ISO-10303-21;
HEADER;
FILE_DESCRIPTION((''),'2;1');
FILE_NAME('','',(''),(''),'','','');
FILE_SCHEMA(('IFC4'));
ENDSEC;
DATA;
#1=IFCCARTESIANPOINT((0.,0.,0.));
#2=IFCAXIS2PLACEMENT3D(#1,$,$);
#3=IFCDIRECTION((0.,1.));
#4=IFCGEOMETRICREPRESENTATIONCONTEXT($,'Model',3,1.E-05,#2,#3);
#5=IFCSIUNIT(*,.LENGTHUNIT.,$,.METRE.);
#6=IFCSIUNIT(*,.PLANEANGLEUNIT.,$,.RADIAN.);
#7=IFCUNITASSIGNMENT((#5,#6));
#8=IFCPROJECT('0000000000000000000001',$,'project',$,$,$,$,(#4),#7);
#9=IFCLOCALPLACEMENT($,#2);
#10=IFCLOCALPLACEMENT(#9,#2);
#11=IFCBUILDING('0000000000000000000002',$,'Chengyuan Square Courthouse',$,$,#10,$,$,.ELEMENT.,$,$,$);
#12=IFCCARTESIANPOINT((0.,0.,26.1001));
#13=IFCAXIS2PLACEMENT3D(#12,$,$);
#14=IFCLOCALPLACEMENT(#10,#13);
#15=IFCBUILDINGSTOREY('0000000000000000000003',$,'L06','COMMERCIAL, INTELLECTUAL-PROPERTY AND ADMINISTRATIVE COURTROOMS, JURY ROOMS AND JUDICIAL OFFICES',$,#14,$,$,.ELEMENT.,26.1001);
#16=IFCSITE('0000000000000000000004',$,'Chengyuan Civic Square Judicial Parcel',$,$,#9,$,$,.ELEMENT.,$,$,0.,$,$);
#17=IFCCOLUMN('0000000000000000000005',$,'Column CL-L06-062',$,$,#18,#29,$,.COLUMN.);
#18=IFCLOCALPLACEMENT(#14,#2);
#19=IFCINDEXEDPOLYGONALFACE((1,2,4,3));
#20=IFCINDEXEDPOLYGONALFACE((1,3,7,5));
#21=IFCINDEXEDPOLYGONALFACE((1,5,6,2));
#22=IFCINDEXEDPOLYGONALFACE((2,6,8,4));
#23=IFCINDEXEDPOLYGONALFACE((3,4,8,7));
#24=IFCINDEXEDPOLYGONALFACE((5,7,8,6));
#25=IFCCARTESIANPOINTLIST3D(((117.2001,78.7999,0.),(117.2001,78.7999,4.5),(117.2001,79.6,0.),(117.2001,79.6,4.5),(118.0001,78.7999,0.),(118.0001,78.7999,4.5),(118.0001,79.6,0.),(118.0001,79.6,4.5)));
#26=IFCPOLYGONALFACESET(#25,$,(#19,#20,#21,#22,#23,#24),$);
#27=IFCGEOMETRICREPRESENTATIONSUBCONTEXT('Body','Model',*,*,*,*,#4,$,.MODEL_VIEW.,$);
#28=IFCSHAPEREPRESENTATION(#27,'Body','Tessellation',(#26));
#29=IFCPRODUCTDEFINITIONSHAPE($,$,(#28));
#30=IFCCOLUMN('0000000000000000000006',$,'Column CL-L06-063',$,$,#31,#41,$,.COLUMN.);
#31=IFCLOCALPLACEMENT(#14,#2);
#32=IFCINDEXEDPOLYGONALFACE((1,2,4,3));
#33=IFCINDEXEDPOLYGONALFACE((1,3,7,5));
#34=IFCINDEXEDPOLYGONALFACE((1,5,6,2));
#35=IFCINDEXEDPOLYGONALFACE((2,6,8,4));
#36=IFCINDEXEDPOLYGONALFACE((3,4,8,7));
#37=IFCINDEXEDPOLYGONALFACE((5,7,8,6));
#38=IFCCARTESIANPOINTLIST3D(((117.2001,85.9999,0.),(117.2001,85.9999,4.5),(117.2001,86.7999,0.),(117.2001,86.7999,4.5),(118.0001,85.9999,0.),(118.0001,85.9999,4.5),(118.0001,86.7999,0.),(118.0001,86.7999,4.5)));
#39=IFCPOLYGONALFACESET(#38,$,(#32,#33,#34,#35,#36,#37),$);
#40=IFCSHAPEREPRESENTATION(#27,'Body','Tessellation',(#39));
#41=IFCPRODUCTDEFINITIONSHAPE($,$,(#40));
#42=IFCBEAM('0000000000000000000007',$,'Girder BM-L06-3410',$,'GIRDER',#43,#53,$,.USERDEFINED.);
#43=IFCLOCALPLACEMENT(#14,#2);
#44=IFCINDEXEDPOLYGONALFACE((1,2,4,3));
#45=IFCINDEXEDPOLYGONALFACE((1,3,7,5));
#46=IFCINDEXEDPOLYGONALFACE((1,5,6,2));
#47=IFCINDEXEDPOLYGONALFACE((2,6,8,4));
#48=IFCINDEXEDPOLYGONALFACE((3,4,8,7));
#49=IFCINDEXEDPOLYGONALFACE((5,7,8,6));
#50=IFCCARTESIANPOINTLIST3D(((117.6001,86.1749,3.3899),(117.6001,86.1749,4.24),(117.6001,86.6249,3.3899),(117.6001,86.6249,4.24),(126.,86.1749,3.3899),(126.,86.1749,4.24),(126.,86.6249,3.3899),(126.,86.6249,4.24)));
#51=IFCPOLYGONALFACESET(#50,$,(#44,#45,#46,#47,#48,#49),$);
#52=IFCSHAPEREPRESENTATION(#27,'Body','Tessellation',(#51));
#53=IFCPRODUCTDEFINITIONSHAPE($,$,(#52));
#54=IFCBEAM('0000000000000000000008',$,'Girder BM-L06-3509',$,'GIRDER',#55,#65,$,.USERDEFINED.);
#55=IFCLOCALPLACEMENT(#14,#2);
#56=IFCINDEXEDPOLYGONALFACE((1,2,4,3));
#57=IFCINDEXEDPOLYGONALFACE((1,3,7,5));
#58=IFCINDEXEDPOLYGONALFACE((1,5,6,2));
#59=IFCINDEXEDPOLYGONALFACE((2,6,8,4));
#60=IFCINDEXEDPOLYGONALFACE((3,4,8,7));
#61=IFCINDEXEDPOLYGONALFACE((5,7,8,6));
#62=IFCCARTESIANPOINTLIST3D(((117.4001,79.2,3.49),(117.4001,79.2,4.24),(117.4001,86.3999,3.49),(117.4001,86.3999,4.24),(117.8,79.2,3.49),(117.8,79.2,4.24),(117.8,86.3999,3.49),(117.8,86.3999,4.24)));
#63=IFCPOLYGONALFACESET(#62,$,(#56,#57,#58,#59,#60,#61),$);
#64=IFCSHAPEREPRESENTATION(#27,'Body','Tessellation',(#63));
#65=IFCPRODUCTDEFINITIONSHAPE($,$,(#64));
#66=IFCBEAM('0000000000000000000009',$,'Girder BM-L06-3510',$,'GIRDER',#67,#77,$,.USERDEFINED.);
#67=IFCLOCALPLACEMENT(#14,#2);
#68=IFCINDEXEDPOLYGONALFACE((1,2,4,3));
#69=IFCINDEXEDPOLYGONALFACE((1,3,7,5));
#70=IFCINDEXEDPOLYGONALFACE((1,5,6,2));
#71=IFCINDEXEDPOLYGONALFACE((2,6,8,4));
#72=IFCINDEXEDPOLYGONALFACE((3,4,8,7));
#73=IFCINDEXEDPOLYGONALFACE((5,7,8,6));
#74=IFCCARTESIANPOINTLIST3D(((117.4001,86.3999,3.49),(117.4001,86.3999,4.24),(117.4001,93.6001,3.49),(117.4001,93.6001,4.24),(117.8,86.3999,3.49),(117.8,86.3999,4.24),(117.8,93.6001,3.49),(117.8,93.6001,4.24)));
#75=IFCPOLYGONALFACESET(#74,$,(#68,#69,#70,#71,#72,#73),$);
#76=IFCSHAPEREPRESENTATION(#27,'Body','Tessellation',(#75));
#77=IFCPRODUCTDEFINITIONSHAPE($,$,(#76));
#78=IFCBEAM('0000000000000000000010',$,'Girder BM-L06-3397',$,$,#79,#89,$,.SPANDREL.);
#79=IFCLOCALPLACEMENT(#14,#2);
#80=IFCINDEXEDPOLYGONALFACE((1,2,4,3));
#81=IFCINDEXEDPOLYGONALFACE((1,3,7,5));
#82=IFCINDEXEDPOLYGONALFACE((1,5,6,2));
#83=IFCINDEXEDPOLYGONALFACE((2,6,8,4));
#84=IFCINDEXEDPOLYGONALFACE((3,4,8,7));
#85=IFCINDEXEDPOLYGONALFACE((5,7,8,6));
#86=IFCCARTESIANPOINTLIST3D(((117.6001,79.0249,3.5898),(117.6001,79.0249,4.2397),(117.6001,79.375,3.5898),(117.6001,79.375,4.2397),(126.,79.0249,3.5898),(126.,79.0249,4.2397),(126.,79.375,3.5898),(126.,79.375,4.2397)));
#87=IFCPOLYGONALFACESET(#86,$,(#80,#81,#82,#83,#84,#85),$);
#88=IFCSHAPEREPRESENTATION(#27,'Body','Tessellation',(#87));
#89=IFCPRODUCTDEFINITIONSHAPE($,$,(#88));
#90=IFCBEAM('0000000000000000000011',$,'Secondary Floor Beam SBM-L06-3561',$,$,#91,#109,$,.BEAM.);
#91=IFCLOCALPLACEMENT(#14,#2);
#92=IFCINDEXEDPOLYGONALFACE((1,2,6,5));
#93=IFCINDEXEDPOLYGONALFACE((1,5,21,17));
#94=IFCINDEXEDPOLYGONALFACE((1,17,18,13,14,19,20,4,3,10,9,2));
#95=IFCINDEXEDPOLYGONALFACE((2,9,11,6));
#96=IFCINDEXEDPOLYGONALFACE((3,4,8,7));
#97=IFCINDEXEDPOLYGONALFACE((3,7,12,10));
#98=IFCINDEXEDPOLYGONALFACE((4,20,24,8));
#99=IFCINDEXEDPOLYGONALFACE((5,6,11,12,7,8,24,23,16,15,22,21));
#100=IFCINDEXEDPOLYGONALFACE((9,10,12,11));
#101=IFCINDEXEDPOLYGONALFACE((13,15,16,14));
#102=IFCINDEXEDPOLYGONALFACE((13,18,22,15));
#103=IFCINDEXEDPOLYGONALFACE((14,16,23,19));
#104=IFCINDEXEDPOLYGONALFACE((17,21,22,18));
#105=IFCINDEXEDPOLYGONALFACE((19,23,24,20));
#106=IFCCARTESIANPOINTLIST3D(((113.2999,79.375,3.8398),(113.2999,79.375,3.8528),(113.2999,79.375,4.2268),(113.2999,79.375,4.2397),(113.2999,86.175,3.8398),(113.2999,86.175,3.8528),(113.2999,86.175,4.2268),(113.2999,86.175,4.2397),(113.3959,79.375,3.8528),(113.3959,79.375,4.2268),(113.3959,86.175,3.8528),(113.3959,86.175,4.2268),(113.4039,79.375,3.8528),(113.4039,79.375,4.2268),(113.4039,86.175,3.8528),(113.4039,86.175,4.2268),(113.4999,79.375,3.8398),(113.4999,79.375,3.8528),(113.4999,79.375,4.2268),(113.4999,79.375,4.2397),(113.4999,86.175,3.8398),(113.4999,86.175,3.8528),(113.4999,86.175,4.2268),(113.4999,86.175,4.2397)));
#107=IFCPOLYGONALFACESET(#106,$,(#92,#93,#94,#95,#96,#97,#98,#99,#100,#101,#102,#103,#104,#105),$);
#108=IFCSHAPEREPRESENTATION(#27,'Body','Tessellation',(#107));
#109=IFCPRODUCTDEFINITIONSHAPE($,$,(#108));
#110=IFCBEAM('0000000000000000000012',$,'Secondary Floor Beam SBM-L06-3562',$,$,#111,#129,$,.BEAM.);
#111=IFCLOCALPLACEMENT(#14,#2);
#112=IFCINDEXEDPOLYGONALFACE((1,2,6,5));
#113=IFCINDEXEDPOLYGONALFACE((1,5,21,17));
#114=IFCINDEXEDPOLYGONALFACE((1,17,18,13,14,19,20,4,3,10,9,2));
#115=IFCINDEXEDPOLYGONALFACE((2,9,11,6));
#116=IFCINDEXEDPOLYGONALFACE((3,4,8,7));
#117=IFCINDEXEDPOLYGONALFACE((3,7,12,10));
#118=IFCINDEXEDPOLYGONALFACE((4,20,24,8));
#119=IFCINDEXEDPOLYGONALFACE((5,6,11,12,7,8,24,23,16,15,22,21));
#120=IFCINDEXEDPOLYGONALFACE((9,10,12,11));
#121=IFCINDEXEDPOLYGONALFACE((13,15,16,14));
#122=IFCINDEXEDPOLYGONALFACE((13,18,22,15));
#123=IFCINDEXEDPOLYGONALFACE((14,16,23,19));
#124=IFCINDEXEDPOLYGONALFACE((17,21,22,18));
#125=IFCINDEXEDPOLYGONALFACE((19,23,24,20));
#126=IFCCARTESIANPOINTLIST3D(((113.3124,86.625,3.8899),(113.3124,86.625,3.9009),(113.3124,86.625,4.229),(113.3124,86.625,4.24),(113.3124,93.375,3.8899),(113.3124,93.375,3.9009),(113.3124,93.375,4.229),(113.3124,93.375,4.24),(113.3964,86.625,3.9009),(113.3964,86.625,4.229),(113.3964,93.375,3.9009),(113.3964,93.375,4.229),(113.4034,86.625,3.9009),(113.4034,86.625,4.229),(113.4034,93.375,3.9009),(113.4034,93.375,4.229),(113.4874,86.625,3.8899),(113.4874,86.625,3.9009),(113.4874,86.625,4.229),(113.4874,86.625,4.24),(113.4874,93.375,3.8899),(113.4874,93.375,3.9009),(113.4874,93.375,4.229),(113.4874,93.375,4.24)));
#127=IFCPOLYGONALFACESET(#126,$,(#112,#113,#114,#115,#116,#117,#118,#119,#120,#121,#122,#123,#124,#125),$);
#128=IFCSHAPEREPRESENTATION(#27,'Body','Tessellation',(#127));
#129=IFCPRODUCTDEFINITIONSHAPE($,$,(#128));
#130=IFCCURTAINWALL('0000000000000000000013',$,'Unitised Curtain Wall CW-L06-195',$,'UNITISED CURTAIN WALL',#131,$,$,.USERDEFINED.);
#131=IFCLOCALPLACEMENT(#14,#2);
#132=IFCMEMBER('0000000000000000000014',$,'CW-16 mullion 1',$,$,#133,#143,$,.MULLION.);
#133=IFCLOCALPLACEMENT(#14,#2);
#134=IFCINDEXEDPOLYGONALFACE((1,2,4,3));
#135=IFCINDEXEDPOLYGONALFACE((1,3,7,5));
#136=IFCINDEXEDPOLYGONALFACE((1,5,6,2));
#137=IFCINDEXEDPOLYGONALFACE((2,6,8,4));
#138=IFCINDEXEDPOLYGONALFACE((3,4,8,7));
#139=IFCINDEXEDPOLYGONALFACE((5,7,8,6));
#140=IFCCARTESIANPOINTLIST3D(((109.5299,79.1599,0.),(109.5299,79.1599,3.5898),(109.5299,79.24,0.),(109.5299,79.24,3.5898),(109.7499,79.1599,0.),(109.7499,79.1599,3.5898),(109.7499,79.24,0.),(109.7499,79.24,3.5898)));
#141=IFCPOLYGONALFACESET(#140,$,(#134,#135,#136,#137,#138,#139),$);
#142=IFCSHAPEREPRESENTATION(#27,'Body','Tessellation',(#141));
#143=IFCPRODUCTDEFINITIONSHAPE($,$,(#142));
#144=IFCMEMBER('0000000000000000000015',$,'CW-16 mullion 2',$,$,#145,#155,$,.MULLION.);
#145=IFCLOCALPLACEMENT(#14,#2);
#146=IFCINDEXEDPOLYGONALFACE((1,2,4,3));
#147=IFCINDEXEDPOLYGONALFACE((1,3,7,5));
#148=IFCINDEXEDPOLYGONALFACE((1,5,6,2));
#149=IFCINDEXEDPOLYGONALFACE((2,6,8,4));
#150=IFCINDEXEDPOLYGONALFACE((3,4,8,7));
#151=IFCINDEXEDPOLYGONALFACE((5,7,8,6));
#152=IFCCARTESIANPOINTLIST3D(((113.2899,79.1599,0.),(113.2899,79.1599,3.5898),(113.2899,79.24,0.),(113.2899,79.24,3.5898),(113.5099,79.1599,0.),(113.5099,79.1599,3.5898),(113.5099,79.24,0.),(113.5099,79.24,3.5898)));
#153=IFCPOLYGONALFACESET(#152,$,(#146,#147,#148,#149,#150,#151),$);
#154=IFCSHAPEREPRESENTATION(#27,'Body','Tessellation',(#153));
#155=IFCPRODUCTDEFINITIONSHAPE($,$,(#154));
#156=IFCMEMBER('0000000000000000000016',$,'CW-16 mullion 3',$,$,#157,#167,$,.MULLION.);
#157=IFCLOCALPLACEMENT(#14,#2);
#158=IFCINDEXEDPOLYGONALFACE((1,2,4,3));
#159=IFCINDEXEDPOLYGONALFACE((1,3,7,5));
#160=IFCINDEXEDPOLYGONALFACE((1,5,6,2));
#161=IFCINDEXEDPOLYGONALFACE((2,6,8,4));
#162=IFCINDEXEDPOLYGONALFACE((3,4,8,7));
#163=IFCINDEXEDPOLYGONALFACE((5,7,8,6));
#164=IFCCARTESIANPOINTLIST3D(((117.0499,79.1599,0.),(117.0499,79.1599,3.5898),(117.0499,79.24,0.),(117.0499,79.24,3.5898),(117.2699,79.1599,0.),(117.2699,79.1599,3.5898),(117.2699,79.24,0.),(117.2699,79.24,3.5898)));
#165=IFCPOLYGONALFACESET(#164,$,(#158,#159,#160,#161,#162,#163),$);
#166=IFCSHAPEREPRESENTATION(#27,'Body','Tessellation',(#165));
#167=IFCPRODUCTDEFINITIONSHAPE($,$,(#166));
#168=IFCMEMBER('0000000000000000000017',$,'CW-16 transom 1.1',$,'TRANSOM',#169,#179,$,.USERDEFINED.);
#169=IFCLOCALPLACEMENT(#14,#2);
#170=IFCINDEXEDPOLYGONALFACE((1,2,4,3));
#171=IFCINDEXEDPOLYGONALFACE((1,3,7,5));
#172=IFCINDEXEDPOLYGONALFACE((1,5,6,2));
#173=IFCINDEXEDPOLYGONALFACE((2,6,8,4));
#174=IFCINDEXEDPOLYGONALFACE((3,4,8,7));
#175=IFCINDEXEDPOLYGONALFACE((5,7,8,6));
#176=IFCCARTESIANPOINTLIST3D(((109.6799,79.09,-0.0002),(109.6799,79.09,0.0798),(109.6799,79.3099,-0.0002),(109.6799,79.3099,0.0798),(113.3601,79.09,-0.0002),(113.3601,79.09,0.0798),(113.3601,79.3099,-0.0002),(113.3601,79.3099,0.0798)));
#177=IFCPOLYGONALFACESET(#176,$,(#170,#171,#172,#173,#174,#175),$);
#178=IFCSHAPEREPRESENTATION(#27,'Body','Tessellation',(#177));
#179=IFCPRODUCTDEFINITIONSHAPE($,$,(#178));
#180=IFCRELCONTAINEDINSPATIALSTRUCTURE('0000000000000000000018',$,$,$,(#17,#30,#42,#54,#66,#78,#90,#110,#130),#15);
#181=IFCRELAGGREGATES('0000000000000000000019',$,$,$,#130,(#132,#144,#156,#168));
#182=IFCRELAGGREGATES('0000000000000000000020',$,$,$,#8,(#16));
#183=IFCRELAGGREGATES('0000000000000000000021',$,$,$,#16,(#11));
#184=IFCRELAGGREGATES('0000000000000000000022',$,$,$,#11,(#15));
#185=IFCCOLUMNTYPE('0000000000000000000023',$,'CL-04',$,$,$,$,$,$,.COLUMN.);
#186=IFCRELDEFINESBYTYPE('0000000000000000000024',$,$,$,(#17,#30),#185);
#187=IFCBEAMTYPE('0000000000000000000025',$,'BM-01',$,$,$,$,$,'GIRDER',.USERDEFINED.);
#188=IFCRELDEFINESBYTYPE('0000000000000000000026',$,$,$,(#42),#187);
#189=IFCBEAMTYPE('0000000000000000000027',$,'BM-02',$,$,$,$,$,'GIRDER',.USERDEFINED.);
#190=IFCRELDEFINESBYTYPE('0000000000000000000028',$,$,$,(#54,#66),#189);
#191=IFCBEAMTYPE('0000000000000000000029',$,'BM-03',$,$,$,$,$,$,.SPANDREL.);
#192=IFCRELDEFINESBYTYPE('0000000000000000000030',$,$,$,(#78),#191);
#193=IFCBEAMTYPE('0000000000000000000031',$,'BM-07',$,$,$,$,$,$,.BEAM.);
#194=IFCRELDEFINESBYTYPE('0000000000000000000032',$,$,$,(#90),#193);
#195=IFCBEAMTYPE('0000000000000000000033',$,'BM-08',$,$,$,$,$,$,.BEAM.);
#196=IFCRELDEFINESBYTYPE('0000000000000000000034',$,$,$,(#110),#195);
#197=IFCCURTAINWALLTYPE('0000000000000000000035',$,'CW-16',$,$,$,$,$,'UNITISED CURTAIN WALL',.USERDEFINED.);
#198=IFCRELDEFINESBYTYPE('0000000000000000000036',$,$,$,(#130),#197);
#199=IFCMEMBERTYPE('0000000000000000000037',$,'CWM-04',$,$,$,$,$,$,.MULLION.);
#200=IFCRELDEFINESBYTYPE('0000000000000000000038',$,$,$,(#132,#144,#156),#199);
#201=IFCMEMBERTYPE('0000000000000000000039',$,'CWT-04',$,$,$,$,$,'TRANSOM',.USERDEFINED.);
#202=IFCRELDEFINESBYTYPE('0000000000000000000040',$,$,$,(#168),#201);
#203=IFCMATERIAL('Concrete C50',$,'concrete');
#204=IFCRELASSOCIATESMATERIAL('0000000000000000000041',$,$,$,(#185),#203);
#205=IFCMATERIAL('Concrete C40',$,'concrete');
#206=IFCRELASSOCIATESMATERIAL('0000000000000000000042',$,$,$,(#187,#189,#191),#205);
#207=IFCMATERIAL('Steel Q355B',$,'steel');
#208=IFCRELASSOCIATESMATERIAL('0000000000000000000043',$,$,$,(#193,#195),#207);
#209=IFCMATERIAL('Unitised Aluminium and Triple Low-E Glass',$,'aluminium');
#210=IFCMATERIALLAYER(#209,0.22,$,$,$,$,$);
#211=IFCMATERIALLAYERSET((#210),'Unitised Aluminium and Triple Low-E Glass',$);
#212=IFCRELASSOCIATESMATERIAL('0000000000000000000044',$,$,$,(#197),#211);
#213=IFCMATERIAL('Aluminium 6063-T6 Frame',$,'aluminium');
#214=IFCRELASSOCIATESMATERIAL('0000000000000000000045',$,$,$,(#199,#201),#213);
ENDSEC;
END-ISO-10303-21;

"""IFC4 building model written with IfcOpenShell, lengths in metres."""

from ifc_helpers import new_model, si_unit, direction, frame, origin, origin_2d, place, context, subcontext, project, spatial, rectangle, i_section, extrude, material, layer, layer_set, material_profile, profile_set, type_object, element, aggregate, save


model = new_model("IFC4")

# Units and contexts
model_context = context("Model", 3, precision=1e-05, world=origin(), true_north=direction((0.0, 1.0)))
body_context = subcontext(model_context, "Body", "Model", "MODEL_VIEW")
ifc_project = project(units=[si_unit("LENGTHUNIT", "METRE"), si_unit("PLANEANGLEUNIT", "RADIAN")], contexts=[model_context])

# Site, building, storey
site_placement = place(None, origin())
site = spatial("IfcSite", under=ifc_project, at=site_placement, Name="Chengyuan Civic Square Judicial Parcel", CompositionType="ELEMENT", RefElevation=0.0)
building_placement = place(site_placement, origin())
building = spatial("IfcBuilding", under=site, at=building_placement, Name="Chengyuan Square Courthouse", CompositionType="ELEMENT")
storey_placement = place(building_placement, frame((0.0, 0.0, 26.1001)))
storey = spatial("IfcBuildingStorey", under=building, at=storey_placement, Name="L06", Description="COMMERCIAL, INTELLECTUAL-PROPERTY AND ADMINISTRATIVE COURTROOMS, JURY ROOMS AND JUDICIAL OFFICES", CompositionType="ELEMENT", Elevation=26.1001)

# Columns
ifc_material_1 = material(Name="Concrete C50", Category="concrete")
ifc_material_profile_1 = material_profile(ifc_material_1, rectangle(XDim=0.8, YDim=0.8, at=origin_2d()), Name="RC-COL-800x800")
ifc_profile_set_1 = profile_set([ifc_material_profile_1], Name="Concrete C50")
column_type = type_object("IfcColumnType", Name="CL-04", PredefinedType="COLUMN", material=ifc_profile_set_1)
for number, where, z_axis, x_axis, name in (
    (1, (117.6001, 79.2, 0.0), (0.0, 0.0, 1.0), (1.0, 0.0, 0.0), "Column CL-L06-062"),
    (2, (117.6001, 86.3999, 0.0), (0.0, 0.0, 1.0), (1.0, 0.0, 0.0), "Column CL-L06-063"),
):
    element("IfcColumn", number, at=place(storey_placement, frame(where, z_axis=z_axis, x_axis=x_axis)), inside=storey, type_object=column_type, Name=name, PredefinedType="COLUMN", context=body_context, shape_type="SweptSolid", body=[
        extrude(rectangle(XDim=0.8, YDim=0.8, at=origin_2d()), origin(), (0.0, 0.0, 1.0), 4.5),
    ])

# Beams
ifc_material_2 = material(Name="Concrete C40", Category="concrete")
ifc_material_profile_2 = material_profile(ifc_material_2, rectangle(XDim=0.45, YDim=0.8501, at=origin_2d()), Name="RC-BM-450x850")
ifc_profile_set_2 = profile_set([ifc_material_profile_2], Name="Concrete C40")
beam_type_1 = type_object("IfcBeamType", Name="BM-01", ElementType="GIRDER", PredefinedType="USERDEFINED", material=ifc_profile_set_2)
beam_1_placement = place(storey_placement, frame((117.6001, 86.3999, 3.8149), z_axis=(1.0, 0.0, 0.0), x_axis=(0.0, 1.0, 0.0)))
element("IfcBeam", 3, at=beam_1_placement, inside=storey, type_object=beam_type_1, Name="Girder BM-L06-3410", ObjectType="GIRDER", PredefinedType="USERDEFINED", context=body_context, shape_type="SweptSolid", body=[
    extrude(rectangle(XDim=0.45, YDim=0.8501, at=origin_2d()), origin(), (0.0, 0.0, 1.0), 8.3999),
])
ifc_material_profile_3 = material_profile(ifc_material_2, rectangle(XDim=0.3999, YDim=0.75, at=origin_2d()), Name="RC-BM-400x750")
ifc_profile_set_3 = profile_set([ifc_material_profile_3], Name="Concrete C40")
beam_type_2 = type_object("IfcBeamType", Name="BM-02", ElementType="GIRDER", PredefinedType="USERDEFINED", material=ifc_profile_set_3)
beam_2_placement = place(storey_placement, frame((117.6001, 79.2, 3.865), z_axis=(0.0, 1.0, 0.0), x_axis=(-1.0, 0.0, 0.0)))
element("IfcBeam", 4, at=beam_2_placement, inside=storey, type_object=beam_type_2, Name="Girder BM-L06-3509", ObjectType="GIRDER", PredefinedType="USERDEFINED", context=body_context, shape_type="SweptSolid", body=[
    extrude(rectangle(XDim=0.3999, YDim=0.75, at=origin_2d()), origin(), (0.0, 0.0, 1.0), 7.2),
])
beam_3_placement = place(storey_placement, frame((117.6001, 86.3999, 3.865), z_axis=(0.0, 1.0, 0.0), x_axis=(-1.0, 0.0, 0.0)))
element("IfcBeam", 5, at=beam_3_placement, inside=storey, type_object=beam_type_2, Name="Girder BM-L06-3510", ObjectType="GIRDER", PredefinedType="USERDEFINED", context=body_context, shape_type="SweptSolid", body=[
    extrude(rectangle(XDim=0.3999, YDim=0.75, at=origin_2d()), origin(), (0.0, 0.0, 1.0), 7.2002),
])
ifc_material_profile_4 = material_profile(ifc_material_2, rectangle(XDim=0.3501, YDim=0.6499, at=origin_2d()), Name="RC-BM-350x650")
ifc_profile_set_4 = profile_set([ifc_material_profile_4], Name="Concrete C40")
beam_type_3 = type_object("IfcBeamType", Name="BM-03", PredefinedType="SPANDREL", material=ifc_profile_set_4)
beam_4_placement = place(storey_placement, frame((117.6001, 79.2, 3.9148), z_axis=(1.0, 0.0, 0.0), x_axis=(0.0, 1.0, 0.0)))
element("IfcBeam", 6, at=beam_4_placement, inside=storey, type_object=beam_type_3, Name="Girder BM-L06-3397", PredefinedType="SPANDREL", context=body_context, shape_type="SweptSolid", body=[
    extrude(rectangle(XDim=0.3501, YDim=0.6499, at=origin_2d()), origin(), (0.0, 0.0, 1.0), 8.3999),
])
ifc_material_3 = material(Name="Steel Q355B", Category="steel")
ifc_material_profile_5 = material_profile(ifc_material_3, i_section(OverallWidth=0.2, OverallDepth=0.3999, WebThickness=0.0081, FlangeThickness=0.0129, at=origin_2d()), Name="HN 400x200x8x13")
ifc_profile_set_5 = profile_set([ifc_material_profile_5], Name="Steel Q355B")
beam_type_4 = type_object("IfcBeamType", Name="BM-07", PredefinedType="BEAM", material=ifc_profile_set_5)
beam_5_placement = place(storey_placement, frame((113.3999, 79.375, 4.0398), z_axis=(0.0, 1.0, 0.0), x_axis=(-1.0, 0.0, 0.0)))
element("IfcBeam", 7, at=beam_5_placement, inside=storey, type_object=beam_type_4, Name="Secondary Floor Beam SBM-L06-3561", PredefinedType="BEAM", context=body_context, shape_type="SweptSolid", body=[
    extrude(i_section(OverallWidth=0.2, OverallDepth=0.3999, WebThickness=0.0081, FlangeThickness=0.0129, at=origin_2d()), origin(), (0.0, 0.0, 1.0), 6.8),
])
ifc_material_profile_6 = material_profile(ifc_material_3, i_section(OverallWidth=0.175, OverallDepth=0.3501, WebThickness=0.0071, FlangeThickness=0.011, at=origin_2d()), Name="HN 350x175x7x11")
ifc_profile_set_6 = profile_set([ifc_material_profile_6], Name="Steel Q355B")
beam_type_5 = type_object("IfcBeamType", Name="BM-08", PredefinedType="BEAM", material=ifc_profile_set_6)
beam_6_placement = place(storey_placement, frame((113.3999, 86.625, 4.0649), z_axis=(0.0, 1.0, 0.0), x_axis=(-1.0, 0.0, 0.0)))
element("IfcBeam", 8, at=beam_6_placement, inside=storey, type_object=beam_type_5, Name="Secondary Floor Beam SBM-L06-3562", PredefinedType="BEAM", context=body_context, shape_type="SweptSolid", body=[
    extrude(i_section(OverallWidth=0.175, OverallDepth=0.3501, WebThickness=0.0071, FlangeThickness=0.011, at=origin_2d()), origin(), (0.0, 0.0, 1.0), 6.75),
])

# Curtain wall, members
ifc_material_4 = material(Name="Unitised Aluminium and Triple Low-E Glass", Category="aluminium")
ifc_layer_1 = layer(ifc_material_4, 0.22)
ifc_layer_set_1 = layer_set([ifc_layer_1], Name="Unitised Aluminium and Triple Low-E Glass")
curtain_wall_type = type_object("IfcCurtainWallType", Name="CW-16", ElementType="UNITISED CURTAIN WALL", PredefinedType="USERDEFINED", material=ifc_layer_set_1)
curtain_wall_placement = place(storey_placement, origin())
curtain_wall = element("IfcCurtainWall", 9, at=curtain_wall_placement, inside=storey, type_object=curtain_wall_type, Name="Unitised Curtain Wall CW-L06-195", ObjectType="UNITISED CURTAIN WALL", PredefinedType="USERDEFINED")
ifc_material_5 = material(Name="Aluminium 6063-T6 Frame", Category="aluminium")
ifc_material_profile_7 = material_profile(ifc_material_5, rectangle(XDim=0.0801, YDim=0.22, at=origin_2d()), Name="CW-MUL-80x220")
ifc_profile_set_7 = profile_set([ifc_material_profile_7], Name="Aluminium 6063-T6 Frame")
member_type_1 = type_object("IfcMemberType", Name="CWM-04", PredefinedType="MULLION", material=ifc_profile_set_7)
member_1_placement = place(storey_placement, frame((109.6399, 79.2, 0.0), z_axis=(0.0, 0.0, 1.0), x_axis=(0.0, 1.0, 0.0)))
member_1 = element("IfcMember", 10, at=member_1_placement, type_object=member_type_1, Name="CW-16 mullion 1", PredefinedType="MULLION", context=body_context, shape_type="SweptSolid", body=[
    extrude(rectangle(XDim=0.0801, YDim=0.22, at=origin_2d()), origin(), (0.0, 0.0, 1.0), 3.5898),
])
member_2_placement = place(storey_placement, frame((113.3999, 79.2, 0.0), z_axis=(0.0, 0.0, 1.0), x_axis=(0.0, 1.0, 0.0)))
member_2 = element("IfcMember", 11, at=member_2_placement, type_object=member_type_1, Name="CW-16 mullion 2", PredefinedType="MULLION", context=body_context, shape_type="SweptSolid", body=[
    extrude(rectangle(XDim=0.0801, YDim=0.22, at=origin_2d()), origin(), (0.0, 0.0, 1.0), 3.5898),
])
member_3_placement = place(storey_placement, frame((117.1599, 79.2, 0.0), z_axis=(0.0, 0.0, 1.0), x_axis=(0.0, 1.0, 0.0)))
member_3 = element("IfcMember", 12, at=member_3_placement, type_object=member_type_1, Name="CW-16 mullion 3", PredefinedType="MULLION", context=body_context, shape_type="SweptSolid", body=[
    extrude(rectangle(XDim=0.0801, YDim=0.22, at=origin_2d()), origin(), (0.0, 0.0, 1.0), 3.5898),
])
ifc_material_profile_8 = material_profile(ifc_material_5, rectangle(XDim=0.22, YDim=0.0801, at=origin_2d()), Name="CW-TRN-80x180")
ifc_profile_set_8 = profile_set([ifc_material_profile_8], Name="Aluminium 6063-T6 Frame")
member_type_2 = type_object("IfcMemberType", Name="CWT-04", ElementType="TRANSOM", PredefinedType="USERDEFINED", material=ifc_profile_set_8)
member_4_placement = place(storey_placement, frame((109.6799, 79.2, 0.0398), z_axis=(1.0, 0.0, 0.0), x_axis=(0.0, 1.0, 0.0)))
member_4 = element("IfcMember", 13, at=member_4_placement, type_object=member_type_2, Name="CW-16 transom 1.1", ObjectType="TRANSOM", PredefinedType="USERDEFINED", context=body_context, shape_type="SweptSolid", body=[
    extrude(rectangle(XDim=0.22, YDim=0.0801, at=origin_2d()), origin(), (0.0, 0.0, 1.0), 3.6802),
])
aggregate(curtain_wall, [member_1, member_2, member_3, member_4])

save(model, "model.ifc")
